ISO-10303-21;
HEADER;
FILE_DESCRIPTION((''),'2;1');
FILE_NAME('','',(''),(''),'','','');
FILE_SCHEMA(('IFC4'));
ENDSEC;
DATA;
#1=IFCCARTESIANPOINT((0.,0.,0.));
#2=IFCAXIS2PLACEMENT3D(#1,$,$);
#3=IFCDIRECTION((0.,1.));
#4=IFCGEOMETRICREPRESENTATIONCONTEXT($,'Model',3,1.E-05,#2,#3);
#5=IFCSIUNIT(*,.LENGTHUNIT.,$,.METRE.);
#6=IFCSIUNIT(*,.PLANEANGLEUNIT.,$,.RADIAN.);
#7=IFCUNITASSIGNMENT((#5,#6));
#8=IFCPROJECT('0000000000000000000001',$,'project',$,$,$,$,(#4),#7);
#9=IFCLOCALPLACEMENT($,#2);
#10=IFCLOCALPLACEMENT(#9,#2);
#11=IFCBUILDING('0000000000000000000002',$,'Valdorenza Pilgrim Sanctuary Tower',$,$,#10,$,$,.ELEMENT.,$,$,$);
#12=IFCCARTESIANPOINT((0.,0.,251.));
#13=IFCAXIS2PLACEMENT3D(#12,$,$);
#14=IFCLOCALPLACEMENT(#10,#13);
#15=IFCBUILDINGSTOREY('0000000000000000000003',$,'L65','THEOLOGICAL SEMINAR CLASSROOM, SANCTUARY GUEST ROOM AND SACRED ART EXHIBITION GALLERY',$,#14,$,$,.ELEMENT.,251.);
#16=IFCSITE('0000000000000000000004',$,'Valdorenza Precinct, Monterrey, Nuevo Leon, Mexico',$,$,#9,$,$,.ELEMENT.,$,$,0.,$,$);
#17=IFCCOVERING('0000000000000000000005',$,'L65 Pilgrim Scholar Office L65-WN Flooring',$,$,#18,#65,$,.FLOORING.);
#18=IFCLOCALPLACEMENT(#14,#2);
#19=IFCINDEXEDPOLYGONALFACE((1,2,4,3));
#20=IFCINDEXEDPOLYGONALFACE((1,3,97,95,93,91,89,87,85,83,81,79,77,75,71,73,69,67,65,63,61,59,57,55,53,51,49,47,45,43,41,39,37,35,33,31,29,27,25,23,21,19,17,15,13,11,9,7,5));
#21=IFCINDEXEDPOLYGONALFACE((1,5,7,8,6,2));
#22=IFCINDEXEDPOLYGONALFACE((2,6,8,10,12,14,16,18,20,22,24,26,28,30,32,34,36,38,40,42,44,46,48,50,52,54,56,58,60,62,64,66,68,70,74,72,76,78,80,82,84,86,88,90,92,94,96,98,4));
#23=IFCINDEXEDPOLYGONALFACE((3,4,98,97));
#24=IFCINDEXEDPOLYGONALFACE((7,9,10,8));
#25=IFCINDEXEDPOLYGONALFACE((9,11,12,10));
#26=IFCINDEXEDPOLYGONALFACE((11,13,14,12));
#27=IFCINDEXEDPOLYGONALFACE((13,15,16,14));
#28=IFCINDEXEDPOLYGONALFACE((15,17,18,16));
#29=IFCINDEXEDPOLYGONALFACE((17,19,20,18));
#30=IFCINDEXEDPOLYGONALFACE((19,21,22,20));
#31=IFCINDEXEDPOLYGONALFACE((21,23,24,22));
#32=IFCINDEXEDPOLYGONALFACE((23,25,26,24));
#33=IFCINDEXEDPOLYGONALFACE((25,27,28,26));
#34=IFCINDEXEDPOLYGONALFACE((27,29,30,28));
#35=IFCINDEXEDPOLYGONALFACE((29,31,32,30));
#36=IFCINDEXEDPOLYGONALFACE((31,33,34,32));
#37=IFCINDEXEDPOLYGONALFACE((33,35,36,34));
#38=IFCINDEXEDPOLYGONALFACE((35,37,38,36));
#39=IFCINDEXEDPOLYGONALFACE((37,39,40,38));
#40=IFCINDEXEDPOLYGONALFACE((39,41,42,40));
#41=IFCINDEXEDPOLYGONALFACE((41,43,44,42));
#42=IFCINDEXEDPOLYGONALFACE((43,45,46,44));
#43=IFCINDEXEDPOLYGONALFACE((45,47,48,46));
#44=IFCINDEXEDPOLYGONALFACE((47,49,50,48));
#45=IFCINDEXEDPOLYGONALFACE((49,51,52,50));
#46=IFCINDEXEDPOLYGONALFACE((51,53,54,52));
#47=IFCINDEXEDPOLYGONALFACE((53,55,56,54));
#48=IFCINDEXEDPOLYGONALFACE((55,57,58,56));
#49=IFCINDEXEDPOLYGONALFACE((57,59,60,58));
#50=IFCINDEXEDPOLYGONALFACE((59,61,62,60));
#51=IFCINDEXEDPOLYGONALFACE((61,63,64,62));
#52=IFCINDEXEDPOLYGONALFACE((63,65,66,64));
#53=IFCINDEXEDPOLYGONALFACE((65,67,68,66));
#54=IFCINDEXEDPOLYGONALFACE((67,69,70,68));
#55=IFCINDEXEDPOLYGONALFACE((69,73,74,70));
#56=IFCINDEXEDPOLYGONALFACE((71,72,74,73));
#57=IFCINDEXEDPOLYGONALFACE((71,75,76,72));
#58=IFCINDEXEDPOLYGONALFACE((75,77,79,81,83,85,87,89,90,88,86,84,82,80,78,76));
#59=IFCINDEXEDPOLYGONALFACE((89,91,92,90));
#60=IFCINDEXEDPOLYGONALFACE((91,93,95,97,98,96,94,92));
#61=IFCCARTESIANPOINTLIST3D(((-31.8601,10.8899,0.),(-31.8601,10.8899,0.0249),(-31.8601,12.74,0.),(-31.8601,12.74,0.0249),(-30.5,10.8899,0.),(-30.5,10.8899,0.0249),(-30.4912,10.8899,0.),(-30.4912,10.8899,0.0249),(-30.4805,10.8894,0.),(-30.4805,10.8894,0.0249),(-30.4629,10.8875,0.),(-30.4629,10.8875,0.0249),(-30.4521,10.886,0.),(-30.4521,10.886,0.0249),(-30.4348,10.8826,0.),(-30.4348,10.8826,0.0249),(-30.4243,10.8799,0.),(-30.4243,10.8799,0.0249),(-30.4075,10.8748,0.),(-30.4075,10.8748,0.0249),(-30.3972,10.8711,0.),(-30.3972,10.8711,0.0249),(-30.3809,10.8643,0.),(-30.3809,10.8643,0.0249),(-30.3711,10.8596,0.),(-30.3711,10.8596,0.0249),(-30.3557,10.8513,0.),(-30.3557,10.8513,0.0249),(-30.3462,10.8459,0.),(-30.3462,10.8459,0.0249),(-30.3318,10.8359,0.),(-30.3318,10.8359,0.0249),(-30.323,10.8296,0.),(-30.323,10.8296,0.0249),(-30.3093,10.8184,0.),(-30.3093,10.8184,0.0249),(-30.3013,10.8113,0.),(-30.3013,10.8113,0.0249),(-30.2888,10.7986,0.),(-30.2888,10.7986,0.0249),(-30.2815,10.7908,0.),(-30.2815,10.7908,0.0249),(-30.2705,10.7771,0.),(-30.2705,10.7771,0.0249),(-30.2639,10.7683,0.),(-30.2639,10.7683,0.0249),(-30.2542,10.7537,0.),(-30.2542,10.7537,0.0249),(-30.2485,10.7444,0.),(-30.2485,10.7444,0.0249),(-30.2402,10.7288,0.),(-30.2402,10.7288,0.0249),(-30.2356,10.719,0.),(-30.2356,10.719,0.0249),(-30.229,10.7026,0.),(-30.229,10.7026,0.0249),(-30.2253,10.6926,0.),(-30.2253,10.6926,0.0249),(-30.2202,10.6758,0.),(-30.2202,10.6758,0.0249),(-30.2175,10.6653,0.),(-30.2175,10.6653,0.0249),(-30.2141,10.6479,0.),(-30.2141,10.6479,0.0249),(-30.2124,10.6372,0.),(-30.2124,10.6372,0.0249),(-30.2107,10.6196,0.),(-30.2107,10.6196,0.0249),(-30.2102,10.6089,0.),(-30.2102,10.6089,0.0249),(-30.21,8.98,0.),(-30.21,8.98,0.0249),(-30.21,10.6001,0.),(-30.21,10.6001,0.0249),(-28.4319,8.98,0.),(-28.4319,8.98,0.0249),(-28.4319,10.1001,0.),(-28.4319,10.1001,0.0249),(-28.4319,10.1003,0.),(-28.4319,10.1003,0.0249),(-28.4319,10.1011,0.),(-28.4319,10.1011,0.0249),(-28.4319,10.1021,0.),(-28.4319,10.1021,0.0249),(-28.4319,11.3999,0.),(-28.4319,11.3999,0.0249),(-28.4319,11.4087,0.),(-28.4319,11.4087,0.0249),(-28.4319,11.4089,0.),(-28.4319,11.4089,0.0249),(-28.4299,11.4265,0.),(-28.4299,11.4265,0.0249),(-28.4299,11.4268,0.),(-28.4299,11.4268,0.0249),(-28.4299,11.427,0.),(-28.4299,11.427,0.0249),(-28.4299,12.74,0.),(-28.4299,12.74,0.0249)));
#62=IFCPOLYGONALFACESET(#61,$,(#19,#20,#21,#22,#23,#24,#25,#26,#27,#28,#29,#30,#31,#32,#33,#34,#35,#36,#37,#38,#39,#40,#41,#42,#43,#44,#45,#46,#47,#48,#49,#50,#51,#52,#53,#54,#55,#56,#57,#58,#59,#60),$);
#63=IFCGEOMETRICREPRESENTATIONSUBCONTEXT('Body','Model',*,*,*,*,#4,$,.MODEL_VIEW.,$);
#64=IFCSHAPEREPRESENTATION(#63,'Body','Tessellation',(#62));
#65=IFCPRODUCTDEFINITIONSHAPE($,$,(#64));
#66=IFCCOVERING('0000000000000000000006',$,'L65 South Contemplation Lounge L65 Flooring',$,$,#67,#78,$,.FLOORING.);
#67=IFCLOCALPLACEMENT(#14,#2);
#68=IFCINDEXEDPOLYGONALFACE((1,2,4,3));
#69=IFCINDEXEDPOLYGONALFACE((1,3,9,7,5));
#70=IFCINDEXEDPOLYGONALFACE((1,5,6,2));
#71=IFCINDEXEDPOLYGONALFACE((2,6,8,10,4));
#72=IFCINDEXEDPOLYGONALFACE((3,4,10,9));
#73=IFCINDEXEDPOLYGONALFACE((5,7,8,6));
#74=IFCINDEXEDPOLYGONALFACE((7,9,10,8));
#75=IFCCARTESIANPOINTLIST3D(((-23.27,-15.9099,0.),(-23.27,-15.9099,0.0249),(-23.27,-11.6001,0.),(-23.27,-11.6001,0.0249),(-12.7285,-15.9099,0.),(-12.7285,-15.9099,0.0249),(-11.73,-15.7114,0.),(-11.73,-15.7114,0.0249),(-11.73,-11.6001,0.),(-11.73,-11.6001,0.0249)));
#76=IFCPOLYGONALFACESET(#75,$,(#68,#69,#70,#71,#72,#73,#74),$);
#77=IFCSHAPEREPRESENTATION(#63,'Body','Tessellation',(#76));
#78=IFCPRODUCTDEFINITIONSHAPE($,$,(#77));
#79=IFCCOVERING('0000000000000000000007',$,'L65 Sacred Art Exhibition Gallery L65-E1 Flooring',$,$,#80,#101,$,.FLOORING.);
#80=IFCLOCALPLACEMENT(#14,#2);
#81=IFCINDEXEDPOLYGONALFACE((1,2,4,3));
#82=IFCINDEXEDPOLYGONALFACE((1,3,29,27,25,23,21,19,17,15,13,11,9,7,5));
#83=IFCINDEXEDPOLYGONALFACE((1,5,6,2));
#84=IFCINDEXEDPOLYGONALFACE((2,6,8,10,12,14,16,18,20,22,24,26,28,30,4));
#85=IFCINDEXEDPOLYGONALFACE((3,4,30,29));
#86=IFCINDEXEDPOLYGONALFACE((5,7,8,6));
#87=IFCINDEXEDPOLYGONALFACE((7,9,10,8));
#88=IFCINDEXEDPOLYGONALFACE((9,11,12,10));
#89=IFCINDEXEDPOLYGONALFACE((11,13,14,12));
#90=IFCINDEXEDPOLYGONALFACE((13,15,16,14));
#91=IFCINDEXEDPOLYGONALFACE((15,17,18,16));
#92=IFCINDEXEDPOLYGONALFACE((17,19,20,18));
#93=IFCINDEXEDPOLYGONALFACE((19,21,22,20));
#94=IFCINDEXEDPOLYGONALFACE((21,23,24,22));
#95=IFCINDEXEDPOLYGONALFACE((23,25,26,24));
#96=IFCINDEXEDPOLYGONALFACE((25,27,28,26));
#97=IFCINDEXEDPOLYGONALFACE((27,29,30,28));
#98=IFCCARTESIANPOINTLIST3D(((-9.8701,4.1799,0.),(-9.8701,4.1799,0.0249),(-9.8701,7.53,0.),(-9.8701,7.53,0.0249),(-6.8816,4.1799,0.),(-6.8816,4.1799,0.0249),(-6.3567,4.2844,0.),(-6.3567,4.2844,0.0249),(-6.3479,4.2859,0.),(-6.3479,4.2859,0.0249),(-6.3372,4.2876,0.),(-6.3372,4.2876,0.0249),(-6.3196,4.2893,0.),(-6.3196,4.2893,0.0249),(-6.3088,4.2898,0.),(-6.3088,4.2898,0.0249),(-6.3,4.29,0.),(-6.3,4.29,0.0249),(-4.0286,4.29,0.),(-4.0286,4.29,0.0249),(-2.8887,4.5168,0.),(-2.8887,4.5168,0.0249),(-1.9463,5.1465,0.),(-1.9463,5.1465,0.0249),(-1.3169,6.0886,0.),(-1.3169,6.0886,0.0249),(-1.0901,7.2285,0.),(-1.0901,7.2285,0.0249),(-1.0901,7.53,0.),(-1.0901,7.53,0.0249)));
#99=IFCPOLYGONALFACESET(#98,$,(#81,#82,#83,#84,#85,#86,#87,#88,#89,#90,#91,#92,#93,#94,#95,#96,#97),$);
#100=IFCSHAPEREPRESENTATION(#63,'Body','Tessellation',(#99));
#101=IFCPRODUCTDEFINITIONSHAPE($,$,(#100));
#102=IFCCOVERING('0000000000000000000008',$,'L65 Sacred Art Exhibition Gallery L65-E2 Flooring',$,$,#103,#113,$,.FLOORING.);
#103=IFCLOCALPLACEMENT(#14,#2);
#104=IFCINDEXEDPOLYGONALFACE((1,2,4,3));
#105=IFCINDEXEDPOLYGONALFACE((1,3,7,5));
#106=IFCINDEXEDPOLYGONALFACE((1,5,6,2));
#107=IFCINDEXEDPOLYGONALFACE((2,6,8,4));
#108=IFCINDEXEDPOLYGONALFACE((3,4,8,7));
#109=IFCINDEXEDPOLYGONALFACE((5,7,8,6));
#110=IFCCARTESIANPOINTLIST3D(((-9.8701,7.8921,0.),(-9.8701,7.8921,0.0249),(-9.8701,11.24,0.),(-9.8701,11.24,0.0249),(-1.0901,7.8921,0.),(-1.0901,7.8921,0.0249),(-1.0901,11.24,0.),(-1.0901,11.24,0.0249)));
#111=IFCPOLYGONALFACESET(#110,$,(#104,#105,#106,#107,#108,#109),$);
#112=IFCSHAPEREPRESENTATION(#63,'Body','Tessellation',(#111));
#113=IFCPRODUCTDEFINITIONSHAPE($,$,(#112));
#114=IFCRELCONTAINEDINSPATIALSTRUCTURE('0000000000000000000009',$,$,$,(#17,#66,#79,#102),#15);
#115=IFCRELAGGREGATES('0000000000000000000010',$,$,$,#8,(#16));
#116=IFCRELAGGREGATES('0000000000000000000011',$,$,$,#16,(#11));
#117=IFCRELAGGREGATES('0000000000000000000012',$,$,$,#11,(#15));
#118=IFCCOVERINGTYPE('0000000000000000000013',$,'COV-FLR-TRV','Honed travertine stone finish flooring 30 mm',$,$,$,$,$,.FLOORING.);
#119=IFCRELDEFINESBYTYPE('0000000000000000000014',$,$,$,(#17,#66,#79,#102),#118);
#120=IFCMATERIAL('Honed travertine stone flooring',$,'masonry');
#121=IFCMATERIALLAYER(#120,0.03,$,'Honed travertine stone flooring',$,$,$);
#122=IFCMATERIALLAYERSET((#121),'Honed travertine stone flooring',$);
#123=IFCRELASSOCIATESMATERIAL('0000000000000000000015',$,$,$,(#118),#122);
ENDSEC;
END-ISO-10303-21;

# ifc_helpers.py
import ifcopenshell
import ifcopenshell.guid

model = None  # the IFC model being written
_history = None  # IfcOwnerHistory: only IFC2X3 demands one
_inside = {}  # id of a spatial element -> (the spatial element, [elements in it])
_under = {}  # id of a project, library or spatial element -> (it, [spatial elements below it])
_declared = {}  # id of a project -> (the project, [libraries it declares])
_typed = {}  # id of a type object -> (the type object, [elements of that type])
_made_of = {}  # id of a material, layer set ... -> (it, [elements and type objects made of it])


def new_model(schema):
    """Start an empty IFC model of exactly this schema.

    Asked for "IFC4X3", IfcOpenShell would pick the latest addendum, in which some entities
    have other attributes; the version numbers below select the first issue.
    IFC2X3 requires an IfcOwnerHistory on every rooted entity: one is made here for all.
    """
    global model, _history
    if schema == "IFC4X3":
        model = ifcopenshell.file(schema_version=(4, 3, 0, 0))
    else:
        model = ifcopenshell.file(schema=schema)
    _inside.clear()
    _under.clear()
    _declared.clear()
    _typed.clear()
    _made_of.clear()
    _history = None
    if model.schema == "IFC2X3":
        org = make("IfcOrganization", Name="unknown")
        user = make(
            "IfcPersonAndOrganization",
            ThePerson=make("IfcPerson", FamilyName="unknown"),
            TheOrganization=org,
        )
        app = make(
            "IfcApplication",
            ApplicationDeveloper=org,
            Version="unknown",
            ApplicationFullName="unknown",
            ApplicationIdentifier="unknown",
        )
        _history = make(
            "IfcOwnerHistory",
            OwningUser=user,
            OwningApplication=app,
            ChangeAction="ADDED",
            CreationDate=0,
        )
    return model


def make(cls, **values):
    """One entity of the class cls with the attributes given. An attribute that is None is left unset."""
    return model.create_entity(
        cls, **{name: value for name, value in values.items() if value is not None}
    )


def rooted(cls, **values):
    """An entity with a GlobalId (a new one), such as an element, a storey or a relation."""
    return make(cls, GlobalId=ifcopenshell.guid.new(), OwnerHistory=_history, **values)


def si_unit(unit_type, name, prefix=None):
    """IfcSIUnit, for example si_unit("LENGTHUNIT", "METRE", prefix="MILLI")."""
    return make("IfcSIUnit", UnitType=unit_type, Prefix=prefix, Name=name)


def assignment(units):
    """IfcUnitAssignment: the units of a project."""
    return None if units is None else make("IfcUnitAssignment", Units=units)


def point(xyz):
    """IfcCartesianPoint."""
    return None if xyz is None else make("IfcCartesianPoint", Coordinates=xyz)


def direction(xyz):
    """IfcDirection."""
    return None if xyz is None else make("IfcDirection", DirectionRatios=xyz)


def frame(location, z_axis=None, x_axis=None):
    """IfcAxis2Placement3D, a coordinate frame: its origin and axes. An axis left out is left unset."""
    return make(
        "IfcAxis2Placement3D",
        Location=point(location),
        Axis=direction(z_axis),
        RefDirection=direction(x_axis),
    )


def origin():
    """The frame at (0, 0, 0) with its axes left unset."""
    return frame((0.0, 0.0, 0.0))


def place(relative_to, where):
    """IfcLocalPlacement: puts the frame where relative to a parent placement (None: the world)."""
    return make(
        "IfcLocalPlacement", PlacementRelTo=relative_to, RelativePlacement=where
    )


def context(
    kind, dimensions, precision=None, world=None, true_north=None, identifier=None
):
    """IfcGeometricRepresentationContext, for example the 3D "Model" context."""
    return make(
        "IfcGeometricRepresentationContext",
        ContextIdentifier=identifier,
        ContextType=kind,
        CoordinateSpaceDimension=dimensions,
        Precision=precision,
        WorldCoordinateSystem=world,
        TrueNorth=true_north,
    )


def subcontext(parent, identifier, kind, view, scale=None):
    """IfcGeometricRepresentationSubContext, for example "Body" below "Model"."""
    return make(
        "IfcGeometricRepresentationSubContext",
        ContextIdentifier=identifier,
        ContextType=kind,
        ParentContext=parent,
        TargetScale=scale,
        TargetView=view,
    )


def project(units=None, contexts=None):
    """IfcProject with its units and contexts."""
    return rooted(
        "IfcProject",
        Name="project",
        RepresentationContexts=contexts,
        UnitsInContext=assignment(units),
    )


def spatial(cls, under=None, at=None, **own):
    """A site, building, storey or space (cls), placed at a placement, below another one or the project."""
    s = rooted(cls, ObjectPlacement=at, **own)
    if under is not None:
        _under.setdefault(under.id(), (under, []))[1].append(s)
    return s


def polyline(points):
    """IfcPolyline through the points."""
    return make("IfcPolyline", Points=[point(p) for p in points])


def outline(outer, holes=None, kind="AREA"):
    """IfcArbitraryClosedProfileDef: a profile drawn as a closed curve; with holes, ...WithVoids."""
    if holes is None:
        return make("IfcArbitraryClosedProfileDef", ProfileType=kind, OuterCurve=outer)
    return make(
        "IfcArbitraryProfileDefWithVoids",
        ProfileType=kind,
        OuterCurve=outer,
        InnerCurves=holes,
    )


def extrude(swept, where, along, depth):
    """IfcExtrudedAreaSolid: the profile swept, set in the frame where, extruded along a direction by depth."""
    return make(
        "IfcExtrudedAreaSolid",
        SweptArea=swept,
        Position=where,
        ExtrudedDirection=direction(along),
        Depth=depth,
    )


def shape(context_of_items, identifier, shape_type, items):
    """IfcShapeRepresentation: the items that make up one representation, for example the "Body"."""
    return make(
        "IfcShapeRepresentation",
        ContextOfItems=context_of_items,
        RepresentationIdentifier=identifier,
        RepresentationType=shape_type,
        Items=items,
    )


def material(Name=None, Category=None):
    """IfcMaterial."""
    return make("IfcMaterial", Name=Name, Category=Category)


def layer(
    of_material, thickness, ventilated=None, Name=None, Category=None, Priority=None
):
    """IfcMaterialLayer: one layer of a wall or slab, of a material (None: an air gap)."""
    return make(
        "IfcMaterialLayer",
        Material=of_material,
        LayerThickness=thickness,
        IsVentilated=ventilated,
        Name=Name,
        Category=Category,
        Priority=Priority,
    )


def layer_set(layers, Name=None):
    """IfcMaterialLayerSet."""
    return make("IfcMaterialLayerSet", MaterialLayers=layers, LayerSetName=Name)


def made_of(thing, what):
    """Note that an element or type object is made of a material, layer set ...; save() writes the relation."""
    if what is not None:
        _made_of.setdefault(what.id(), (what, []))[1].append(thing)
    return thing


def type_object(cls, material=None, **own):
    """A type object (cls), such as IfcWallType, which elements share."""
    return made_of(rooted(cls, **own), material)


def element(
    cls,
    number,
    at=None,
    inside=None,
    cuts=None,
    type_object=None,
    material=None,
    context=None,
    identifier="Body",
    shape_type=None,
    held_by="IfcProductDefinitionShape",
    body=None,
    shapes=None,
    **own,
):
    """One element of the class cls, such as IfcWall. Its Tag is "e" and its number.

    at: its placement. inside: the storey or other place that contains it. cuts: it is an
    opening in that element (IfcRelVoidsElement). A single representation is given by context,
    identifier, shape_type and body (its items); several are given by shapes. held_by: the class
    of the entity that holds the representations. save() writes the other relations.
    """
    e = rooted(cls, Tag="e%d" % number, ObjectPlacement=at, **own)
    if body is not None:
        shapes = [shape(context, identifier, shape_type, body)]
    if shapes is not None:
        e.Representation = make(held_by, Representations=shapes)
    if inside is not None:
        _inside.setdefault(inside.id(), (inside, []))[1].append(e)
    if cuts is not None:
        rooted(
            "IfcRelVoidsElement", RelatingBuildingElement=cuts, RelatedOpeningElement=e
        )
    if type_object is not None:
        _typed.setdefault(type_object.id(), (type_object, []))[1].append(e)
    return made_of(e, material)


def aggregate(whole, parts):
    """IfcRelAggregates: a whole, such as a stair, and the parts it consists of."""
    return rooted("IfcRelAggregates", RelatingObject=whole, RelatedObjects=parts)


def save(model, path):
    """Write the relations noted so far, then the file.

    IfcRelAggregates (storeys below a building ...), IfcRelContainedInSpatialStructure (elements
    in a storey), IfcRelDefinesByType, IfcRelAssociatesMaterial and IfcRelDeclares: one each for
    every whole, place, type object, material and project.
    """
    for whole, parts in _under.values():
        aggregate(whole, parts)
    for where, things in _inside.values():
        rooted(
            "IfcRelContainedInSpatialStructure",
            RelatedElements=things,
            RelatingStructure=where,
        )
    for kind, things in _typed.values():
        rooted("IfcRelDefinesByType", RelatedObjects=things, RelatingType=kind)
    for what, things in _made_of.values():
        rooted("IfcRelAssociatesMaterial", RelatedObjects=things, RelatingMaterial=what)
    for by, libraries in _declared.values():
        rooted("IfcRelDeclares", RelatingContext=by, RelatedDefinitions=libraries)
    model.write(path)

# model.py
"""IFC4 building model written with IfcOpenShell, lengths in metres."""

from ifc_helpers import new_model, si_unit, direction, frame, origin, place, context, subcontext, project, spatial, polyline, outline, extrude, material, layer, layer_set, type_object, element, save


model = new_model("IFC4")

# Units and contexts
model_context = context("Model", 3, precision=1e-05, world=origin(), true_north=direction((0.0, 1.0)))
body_context = subcontext(model_context, "Body", "Model", "MODEL_VIEW")
ifc_project = project(units=[si_unit("LENGTHUNIT", "METRE"), si_unit("PLANEANGLEUNIT", "RADIAN")], contexts=[model_context])

# Site, building, storey
site_placement = place(None, origin())
site = spatial("IfcSite", under=ifc_project, at=site_placement, Name="Valdorenza Precinct, Monterrey, Nuevo Leon, Mexico", CompositionType="ELEMENT", RefElevation=0.0)
building_placement = place(site_placement, origin())
building = spatial("IfcBuilding", under=site, at=building_placement, Name="Valdorenza Pilgrim Sanctuary Tower", CompositionType="ELEMENT")
storey_placement = place(building_placement, frame((0.0, 0.0, 251.0)))
storey = spatial("IfcBuildingStorey", under=building, at=storey_placement, Name="L65", Description="THEOLOGICAL SEMINAR CLASSROOM, SANCTUARY GUEST ROOM AND SACRED ART EXHIBITION GALLERY", CompositionType="ELEMENT", Elevation=251.0)

# Coverings
ifc_material_1 = material(Name="Honed travertine stone flooring", Category="masonry")
ifc_layer_1 = layer(ifc_material_1, 0.03, Name="Honed travertine stone flooring")
ifc_layer_set_1 = layer_set([ifc_layer_1], Name="Honed travertine stone flooring")
covering_type_1 = type_object("IfcCoveringType", Name="COV-FLR-TRV", Description="Honed travertine stone finish flooring 30 mm", PredefinedType="FLOORING", material=ifc_layer_set_1)
covering_1_placement = place(storey_placement, origin())
element("IfcCovering", 1, at=covering_1_placement, inside=storey, type_object=covering_type_1, Name="L65 Pilgrim Scholar Office L65-WN Flooring", PredefinedType="FLOORING", context=body_context, shape_type="SweptSolid", body=[
    extrude(outline(polyline([(-28.4319, 10.1003), (-28.4319, 10.1001), (-28.4319, 8.98), (-30.21, 8.98), (-30.21, 10.6001), (-30.2102, 10.6089), (-30.2107, 10.6196), (-30.2124, 10.6372), (-30.2141, 10.6479), (-30.2175, 10.6653), (-30.2202, 10.6758), (-30.2253, 10.6926), (-30.229, 10.7026), (-30.2356, 10.719), (-30.2402, 10.7288), (-30.2485, 10.7444), (-30.2542, 10.7537), (-30.2639, 10.7683), (-30.2705, 10.7771), (-30.2815, 10.7908), (-30.2888, 10.7986), (-30.3013, 10.8113), (-30.3093, 10.8184), (-30.323, 10.8296), (-30.3318, 10.8359), (-30.3462, 10.8459), (-30.3557, 10.8513), (-30.3711, 10.8596), (-30.3809, 10.8643), (-30.3972, 10.8711), (-30.4075, 10.8748), (-30.4243, 10.8799), (-30.4348, 10.8826), (-30.4521, 10.886), (-30.4629, 10.8875), (-30.4805, 10.8894), (-30.4912, 10.8899), (-30.5, 10.8899), (-31.8601, 10.8899), (-31.8601, 12.74), (-28.4299, 12.74), (-28.4299, 11.427), (-28.4299, 11.4268), (-28.4299, 11.4265), (-28.4319, 11.4089), (-28.4319, 11.4087), (-28.4319, 11.3999), (-28.4319, 10.1021), (-28.4319, 10.1011), (-28.4319, 10.1003)])), origin(), (0.0, 0.0, 1.0), 0.0249),
])
covering_2_placement = place(storey_placement, origin())
element("IfcCovering", 2, at=covering_2_placement, inside=storey, type_object=covering_type_1, Name="L65 South Contemplation Lounge L65 Flooring", PredefinedType="FLOORING", context=body_context, shape_type="SweptSolid", body=[
    extrude(outline(polyline([(-11.73, -11.6001), (-11.73, -15.7114), (-12.7285, -15.9099), (-23.27, -15.9099), (-23.27, -11.6001), (-11.73, -11.6001)])), origin(), (0.0, 0.0, 1.0), 0.0249),
])
covering_3_placement = place(storey_placement, origin())
element("IfcCovering", 3, at=covering_3_placement, inside=storey, type_object=covering_type_1, Name="L65 Sacred Art Exhibition Gallery L65-E1 Flooring", PredefinedType="FLOORING", context=body_context, shape_type="SweptSolid", body=[
    extrude(outline(polyline([(-9.8701, 7.53), (-1.0901, 7.53), (-1.0901, 7.2285), (-1.3169, 6.0886), (-1.9463, 5.1465), (-2.8887, 4.5168), (-4.0286, 4.29), (-6.3, 4.29), (-6.3088, 4.2898), (-6.3196, 4.2893), (-6.3372, 4.2876), (-6.3479, 4.2859), (-6.3567, 4.2844), (-6.8816, 4.1799), (-9.8701, 4.1799), (-9.8701, 7.53)])), origin(), (0.0, 0.0, 1.0), 0.0249),
])
covering_4_placement = place(storey_placement, origin())
element("IfcCovering", 4, at=covering_4_placement, inside=storey, type_object=covering_type_1, Name="L65 Sacred Art Exhibition Gallery L65-E2 Flooring", PredefinedType="FLOORING", context=body_context, shape_type="SweptSolid", body=[
    extrude(outline(polyline([(-9.8701, 11.24), (-1.0901, 11.24), (-1.0901, 7.8921), (-9.8701, 7.8921), (-9.8701, 11.24)])), origin(), (0.0, 0.0, 1.0), 0.0249),
])

save(model, "model.ifc")
